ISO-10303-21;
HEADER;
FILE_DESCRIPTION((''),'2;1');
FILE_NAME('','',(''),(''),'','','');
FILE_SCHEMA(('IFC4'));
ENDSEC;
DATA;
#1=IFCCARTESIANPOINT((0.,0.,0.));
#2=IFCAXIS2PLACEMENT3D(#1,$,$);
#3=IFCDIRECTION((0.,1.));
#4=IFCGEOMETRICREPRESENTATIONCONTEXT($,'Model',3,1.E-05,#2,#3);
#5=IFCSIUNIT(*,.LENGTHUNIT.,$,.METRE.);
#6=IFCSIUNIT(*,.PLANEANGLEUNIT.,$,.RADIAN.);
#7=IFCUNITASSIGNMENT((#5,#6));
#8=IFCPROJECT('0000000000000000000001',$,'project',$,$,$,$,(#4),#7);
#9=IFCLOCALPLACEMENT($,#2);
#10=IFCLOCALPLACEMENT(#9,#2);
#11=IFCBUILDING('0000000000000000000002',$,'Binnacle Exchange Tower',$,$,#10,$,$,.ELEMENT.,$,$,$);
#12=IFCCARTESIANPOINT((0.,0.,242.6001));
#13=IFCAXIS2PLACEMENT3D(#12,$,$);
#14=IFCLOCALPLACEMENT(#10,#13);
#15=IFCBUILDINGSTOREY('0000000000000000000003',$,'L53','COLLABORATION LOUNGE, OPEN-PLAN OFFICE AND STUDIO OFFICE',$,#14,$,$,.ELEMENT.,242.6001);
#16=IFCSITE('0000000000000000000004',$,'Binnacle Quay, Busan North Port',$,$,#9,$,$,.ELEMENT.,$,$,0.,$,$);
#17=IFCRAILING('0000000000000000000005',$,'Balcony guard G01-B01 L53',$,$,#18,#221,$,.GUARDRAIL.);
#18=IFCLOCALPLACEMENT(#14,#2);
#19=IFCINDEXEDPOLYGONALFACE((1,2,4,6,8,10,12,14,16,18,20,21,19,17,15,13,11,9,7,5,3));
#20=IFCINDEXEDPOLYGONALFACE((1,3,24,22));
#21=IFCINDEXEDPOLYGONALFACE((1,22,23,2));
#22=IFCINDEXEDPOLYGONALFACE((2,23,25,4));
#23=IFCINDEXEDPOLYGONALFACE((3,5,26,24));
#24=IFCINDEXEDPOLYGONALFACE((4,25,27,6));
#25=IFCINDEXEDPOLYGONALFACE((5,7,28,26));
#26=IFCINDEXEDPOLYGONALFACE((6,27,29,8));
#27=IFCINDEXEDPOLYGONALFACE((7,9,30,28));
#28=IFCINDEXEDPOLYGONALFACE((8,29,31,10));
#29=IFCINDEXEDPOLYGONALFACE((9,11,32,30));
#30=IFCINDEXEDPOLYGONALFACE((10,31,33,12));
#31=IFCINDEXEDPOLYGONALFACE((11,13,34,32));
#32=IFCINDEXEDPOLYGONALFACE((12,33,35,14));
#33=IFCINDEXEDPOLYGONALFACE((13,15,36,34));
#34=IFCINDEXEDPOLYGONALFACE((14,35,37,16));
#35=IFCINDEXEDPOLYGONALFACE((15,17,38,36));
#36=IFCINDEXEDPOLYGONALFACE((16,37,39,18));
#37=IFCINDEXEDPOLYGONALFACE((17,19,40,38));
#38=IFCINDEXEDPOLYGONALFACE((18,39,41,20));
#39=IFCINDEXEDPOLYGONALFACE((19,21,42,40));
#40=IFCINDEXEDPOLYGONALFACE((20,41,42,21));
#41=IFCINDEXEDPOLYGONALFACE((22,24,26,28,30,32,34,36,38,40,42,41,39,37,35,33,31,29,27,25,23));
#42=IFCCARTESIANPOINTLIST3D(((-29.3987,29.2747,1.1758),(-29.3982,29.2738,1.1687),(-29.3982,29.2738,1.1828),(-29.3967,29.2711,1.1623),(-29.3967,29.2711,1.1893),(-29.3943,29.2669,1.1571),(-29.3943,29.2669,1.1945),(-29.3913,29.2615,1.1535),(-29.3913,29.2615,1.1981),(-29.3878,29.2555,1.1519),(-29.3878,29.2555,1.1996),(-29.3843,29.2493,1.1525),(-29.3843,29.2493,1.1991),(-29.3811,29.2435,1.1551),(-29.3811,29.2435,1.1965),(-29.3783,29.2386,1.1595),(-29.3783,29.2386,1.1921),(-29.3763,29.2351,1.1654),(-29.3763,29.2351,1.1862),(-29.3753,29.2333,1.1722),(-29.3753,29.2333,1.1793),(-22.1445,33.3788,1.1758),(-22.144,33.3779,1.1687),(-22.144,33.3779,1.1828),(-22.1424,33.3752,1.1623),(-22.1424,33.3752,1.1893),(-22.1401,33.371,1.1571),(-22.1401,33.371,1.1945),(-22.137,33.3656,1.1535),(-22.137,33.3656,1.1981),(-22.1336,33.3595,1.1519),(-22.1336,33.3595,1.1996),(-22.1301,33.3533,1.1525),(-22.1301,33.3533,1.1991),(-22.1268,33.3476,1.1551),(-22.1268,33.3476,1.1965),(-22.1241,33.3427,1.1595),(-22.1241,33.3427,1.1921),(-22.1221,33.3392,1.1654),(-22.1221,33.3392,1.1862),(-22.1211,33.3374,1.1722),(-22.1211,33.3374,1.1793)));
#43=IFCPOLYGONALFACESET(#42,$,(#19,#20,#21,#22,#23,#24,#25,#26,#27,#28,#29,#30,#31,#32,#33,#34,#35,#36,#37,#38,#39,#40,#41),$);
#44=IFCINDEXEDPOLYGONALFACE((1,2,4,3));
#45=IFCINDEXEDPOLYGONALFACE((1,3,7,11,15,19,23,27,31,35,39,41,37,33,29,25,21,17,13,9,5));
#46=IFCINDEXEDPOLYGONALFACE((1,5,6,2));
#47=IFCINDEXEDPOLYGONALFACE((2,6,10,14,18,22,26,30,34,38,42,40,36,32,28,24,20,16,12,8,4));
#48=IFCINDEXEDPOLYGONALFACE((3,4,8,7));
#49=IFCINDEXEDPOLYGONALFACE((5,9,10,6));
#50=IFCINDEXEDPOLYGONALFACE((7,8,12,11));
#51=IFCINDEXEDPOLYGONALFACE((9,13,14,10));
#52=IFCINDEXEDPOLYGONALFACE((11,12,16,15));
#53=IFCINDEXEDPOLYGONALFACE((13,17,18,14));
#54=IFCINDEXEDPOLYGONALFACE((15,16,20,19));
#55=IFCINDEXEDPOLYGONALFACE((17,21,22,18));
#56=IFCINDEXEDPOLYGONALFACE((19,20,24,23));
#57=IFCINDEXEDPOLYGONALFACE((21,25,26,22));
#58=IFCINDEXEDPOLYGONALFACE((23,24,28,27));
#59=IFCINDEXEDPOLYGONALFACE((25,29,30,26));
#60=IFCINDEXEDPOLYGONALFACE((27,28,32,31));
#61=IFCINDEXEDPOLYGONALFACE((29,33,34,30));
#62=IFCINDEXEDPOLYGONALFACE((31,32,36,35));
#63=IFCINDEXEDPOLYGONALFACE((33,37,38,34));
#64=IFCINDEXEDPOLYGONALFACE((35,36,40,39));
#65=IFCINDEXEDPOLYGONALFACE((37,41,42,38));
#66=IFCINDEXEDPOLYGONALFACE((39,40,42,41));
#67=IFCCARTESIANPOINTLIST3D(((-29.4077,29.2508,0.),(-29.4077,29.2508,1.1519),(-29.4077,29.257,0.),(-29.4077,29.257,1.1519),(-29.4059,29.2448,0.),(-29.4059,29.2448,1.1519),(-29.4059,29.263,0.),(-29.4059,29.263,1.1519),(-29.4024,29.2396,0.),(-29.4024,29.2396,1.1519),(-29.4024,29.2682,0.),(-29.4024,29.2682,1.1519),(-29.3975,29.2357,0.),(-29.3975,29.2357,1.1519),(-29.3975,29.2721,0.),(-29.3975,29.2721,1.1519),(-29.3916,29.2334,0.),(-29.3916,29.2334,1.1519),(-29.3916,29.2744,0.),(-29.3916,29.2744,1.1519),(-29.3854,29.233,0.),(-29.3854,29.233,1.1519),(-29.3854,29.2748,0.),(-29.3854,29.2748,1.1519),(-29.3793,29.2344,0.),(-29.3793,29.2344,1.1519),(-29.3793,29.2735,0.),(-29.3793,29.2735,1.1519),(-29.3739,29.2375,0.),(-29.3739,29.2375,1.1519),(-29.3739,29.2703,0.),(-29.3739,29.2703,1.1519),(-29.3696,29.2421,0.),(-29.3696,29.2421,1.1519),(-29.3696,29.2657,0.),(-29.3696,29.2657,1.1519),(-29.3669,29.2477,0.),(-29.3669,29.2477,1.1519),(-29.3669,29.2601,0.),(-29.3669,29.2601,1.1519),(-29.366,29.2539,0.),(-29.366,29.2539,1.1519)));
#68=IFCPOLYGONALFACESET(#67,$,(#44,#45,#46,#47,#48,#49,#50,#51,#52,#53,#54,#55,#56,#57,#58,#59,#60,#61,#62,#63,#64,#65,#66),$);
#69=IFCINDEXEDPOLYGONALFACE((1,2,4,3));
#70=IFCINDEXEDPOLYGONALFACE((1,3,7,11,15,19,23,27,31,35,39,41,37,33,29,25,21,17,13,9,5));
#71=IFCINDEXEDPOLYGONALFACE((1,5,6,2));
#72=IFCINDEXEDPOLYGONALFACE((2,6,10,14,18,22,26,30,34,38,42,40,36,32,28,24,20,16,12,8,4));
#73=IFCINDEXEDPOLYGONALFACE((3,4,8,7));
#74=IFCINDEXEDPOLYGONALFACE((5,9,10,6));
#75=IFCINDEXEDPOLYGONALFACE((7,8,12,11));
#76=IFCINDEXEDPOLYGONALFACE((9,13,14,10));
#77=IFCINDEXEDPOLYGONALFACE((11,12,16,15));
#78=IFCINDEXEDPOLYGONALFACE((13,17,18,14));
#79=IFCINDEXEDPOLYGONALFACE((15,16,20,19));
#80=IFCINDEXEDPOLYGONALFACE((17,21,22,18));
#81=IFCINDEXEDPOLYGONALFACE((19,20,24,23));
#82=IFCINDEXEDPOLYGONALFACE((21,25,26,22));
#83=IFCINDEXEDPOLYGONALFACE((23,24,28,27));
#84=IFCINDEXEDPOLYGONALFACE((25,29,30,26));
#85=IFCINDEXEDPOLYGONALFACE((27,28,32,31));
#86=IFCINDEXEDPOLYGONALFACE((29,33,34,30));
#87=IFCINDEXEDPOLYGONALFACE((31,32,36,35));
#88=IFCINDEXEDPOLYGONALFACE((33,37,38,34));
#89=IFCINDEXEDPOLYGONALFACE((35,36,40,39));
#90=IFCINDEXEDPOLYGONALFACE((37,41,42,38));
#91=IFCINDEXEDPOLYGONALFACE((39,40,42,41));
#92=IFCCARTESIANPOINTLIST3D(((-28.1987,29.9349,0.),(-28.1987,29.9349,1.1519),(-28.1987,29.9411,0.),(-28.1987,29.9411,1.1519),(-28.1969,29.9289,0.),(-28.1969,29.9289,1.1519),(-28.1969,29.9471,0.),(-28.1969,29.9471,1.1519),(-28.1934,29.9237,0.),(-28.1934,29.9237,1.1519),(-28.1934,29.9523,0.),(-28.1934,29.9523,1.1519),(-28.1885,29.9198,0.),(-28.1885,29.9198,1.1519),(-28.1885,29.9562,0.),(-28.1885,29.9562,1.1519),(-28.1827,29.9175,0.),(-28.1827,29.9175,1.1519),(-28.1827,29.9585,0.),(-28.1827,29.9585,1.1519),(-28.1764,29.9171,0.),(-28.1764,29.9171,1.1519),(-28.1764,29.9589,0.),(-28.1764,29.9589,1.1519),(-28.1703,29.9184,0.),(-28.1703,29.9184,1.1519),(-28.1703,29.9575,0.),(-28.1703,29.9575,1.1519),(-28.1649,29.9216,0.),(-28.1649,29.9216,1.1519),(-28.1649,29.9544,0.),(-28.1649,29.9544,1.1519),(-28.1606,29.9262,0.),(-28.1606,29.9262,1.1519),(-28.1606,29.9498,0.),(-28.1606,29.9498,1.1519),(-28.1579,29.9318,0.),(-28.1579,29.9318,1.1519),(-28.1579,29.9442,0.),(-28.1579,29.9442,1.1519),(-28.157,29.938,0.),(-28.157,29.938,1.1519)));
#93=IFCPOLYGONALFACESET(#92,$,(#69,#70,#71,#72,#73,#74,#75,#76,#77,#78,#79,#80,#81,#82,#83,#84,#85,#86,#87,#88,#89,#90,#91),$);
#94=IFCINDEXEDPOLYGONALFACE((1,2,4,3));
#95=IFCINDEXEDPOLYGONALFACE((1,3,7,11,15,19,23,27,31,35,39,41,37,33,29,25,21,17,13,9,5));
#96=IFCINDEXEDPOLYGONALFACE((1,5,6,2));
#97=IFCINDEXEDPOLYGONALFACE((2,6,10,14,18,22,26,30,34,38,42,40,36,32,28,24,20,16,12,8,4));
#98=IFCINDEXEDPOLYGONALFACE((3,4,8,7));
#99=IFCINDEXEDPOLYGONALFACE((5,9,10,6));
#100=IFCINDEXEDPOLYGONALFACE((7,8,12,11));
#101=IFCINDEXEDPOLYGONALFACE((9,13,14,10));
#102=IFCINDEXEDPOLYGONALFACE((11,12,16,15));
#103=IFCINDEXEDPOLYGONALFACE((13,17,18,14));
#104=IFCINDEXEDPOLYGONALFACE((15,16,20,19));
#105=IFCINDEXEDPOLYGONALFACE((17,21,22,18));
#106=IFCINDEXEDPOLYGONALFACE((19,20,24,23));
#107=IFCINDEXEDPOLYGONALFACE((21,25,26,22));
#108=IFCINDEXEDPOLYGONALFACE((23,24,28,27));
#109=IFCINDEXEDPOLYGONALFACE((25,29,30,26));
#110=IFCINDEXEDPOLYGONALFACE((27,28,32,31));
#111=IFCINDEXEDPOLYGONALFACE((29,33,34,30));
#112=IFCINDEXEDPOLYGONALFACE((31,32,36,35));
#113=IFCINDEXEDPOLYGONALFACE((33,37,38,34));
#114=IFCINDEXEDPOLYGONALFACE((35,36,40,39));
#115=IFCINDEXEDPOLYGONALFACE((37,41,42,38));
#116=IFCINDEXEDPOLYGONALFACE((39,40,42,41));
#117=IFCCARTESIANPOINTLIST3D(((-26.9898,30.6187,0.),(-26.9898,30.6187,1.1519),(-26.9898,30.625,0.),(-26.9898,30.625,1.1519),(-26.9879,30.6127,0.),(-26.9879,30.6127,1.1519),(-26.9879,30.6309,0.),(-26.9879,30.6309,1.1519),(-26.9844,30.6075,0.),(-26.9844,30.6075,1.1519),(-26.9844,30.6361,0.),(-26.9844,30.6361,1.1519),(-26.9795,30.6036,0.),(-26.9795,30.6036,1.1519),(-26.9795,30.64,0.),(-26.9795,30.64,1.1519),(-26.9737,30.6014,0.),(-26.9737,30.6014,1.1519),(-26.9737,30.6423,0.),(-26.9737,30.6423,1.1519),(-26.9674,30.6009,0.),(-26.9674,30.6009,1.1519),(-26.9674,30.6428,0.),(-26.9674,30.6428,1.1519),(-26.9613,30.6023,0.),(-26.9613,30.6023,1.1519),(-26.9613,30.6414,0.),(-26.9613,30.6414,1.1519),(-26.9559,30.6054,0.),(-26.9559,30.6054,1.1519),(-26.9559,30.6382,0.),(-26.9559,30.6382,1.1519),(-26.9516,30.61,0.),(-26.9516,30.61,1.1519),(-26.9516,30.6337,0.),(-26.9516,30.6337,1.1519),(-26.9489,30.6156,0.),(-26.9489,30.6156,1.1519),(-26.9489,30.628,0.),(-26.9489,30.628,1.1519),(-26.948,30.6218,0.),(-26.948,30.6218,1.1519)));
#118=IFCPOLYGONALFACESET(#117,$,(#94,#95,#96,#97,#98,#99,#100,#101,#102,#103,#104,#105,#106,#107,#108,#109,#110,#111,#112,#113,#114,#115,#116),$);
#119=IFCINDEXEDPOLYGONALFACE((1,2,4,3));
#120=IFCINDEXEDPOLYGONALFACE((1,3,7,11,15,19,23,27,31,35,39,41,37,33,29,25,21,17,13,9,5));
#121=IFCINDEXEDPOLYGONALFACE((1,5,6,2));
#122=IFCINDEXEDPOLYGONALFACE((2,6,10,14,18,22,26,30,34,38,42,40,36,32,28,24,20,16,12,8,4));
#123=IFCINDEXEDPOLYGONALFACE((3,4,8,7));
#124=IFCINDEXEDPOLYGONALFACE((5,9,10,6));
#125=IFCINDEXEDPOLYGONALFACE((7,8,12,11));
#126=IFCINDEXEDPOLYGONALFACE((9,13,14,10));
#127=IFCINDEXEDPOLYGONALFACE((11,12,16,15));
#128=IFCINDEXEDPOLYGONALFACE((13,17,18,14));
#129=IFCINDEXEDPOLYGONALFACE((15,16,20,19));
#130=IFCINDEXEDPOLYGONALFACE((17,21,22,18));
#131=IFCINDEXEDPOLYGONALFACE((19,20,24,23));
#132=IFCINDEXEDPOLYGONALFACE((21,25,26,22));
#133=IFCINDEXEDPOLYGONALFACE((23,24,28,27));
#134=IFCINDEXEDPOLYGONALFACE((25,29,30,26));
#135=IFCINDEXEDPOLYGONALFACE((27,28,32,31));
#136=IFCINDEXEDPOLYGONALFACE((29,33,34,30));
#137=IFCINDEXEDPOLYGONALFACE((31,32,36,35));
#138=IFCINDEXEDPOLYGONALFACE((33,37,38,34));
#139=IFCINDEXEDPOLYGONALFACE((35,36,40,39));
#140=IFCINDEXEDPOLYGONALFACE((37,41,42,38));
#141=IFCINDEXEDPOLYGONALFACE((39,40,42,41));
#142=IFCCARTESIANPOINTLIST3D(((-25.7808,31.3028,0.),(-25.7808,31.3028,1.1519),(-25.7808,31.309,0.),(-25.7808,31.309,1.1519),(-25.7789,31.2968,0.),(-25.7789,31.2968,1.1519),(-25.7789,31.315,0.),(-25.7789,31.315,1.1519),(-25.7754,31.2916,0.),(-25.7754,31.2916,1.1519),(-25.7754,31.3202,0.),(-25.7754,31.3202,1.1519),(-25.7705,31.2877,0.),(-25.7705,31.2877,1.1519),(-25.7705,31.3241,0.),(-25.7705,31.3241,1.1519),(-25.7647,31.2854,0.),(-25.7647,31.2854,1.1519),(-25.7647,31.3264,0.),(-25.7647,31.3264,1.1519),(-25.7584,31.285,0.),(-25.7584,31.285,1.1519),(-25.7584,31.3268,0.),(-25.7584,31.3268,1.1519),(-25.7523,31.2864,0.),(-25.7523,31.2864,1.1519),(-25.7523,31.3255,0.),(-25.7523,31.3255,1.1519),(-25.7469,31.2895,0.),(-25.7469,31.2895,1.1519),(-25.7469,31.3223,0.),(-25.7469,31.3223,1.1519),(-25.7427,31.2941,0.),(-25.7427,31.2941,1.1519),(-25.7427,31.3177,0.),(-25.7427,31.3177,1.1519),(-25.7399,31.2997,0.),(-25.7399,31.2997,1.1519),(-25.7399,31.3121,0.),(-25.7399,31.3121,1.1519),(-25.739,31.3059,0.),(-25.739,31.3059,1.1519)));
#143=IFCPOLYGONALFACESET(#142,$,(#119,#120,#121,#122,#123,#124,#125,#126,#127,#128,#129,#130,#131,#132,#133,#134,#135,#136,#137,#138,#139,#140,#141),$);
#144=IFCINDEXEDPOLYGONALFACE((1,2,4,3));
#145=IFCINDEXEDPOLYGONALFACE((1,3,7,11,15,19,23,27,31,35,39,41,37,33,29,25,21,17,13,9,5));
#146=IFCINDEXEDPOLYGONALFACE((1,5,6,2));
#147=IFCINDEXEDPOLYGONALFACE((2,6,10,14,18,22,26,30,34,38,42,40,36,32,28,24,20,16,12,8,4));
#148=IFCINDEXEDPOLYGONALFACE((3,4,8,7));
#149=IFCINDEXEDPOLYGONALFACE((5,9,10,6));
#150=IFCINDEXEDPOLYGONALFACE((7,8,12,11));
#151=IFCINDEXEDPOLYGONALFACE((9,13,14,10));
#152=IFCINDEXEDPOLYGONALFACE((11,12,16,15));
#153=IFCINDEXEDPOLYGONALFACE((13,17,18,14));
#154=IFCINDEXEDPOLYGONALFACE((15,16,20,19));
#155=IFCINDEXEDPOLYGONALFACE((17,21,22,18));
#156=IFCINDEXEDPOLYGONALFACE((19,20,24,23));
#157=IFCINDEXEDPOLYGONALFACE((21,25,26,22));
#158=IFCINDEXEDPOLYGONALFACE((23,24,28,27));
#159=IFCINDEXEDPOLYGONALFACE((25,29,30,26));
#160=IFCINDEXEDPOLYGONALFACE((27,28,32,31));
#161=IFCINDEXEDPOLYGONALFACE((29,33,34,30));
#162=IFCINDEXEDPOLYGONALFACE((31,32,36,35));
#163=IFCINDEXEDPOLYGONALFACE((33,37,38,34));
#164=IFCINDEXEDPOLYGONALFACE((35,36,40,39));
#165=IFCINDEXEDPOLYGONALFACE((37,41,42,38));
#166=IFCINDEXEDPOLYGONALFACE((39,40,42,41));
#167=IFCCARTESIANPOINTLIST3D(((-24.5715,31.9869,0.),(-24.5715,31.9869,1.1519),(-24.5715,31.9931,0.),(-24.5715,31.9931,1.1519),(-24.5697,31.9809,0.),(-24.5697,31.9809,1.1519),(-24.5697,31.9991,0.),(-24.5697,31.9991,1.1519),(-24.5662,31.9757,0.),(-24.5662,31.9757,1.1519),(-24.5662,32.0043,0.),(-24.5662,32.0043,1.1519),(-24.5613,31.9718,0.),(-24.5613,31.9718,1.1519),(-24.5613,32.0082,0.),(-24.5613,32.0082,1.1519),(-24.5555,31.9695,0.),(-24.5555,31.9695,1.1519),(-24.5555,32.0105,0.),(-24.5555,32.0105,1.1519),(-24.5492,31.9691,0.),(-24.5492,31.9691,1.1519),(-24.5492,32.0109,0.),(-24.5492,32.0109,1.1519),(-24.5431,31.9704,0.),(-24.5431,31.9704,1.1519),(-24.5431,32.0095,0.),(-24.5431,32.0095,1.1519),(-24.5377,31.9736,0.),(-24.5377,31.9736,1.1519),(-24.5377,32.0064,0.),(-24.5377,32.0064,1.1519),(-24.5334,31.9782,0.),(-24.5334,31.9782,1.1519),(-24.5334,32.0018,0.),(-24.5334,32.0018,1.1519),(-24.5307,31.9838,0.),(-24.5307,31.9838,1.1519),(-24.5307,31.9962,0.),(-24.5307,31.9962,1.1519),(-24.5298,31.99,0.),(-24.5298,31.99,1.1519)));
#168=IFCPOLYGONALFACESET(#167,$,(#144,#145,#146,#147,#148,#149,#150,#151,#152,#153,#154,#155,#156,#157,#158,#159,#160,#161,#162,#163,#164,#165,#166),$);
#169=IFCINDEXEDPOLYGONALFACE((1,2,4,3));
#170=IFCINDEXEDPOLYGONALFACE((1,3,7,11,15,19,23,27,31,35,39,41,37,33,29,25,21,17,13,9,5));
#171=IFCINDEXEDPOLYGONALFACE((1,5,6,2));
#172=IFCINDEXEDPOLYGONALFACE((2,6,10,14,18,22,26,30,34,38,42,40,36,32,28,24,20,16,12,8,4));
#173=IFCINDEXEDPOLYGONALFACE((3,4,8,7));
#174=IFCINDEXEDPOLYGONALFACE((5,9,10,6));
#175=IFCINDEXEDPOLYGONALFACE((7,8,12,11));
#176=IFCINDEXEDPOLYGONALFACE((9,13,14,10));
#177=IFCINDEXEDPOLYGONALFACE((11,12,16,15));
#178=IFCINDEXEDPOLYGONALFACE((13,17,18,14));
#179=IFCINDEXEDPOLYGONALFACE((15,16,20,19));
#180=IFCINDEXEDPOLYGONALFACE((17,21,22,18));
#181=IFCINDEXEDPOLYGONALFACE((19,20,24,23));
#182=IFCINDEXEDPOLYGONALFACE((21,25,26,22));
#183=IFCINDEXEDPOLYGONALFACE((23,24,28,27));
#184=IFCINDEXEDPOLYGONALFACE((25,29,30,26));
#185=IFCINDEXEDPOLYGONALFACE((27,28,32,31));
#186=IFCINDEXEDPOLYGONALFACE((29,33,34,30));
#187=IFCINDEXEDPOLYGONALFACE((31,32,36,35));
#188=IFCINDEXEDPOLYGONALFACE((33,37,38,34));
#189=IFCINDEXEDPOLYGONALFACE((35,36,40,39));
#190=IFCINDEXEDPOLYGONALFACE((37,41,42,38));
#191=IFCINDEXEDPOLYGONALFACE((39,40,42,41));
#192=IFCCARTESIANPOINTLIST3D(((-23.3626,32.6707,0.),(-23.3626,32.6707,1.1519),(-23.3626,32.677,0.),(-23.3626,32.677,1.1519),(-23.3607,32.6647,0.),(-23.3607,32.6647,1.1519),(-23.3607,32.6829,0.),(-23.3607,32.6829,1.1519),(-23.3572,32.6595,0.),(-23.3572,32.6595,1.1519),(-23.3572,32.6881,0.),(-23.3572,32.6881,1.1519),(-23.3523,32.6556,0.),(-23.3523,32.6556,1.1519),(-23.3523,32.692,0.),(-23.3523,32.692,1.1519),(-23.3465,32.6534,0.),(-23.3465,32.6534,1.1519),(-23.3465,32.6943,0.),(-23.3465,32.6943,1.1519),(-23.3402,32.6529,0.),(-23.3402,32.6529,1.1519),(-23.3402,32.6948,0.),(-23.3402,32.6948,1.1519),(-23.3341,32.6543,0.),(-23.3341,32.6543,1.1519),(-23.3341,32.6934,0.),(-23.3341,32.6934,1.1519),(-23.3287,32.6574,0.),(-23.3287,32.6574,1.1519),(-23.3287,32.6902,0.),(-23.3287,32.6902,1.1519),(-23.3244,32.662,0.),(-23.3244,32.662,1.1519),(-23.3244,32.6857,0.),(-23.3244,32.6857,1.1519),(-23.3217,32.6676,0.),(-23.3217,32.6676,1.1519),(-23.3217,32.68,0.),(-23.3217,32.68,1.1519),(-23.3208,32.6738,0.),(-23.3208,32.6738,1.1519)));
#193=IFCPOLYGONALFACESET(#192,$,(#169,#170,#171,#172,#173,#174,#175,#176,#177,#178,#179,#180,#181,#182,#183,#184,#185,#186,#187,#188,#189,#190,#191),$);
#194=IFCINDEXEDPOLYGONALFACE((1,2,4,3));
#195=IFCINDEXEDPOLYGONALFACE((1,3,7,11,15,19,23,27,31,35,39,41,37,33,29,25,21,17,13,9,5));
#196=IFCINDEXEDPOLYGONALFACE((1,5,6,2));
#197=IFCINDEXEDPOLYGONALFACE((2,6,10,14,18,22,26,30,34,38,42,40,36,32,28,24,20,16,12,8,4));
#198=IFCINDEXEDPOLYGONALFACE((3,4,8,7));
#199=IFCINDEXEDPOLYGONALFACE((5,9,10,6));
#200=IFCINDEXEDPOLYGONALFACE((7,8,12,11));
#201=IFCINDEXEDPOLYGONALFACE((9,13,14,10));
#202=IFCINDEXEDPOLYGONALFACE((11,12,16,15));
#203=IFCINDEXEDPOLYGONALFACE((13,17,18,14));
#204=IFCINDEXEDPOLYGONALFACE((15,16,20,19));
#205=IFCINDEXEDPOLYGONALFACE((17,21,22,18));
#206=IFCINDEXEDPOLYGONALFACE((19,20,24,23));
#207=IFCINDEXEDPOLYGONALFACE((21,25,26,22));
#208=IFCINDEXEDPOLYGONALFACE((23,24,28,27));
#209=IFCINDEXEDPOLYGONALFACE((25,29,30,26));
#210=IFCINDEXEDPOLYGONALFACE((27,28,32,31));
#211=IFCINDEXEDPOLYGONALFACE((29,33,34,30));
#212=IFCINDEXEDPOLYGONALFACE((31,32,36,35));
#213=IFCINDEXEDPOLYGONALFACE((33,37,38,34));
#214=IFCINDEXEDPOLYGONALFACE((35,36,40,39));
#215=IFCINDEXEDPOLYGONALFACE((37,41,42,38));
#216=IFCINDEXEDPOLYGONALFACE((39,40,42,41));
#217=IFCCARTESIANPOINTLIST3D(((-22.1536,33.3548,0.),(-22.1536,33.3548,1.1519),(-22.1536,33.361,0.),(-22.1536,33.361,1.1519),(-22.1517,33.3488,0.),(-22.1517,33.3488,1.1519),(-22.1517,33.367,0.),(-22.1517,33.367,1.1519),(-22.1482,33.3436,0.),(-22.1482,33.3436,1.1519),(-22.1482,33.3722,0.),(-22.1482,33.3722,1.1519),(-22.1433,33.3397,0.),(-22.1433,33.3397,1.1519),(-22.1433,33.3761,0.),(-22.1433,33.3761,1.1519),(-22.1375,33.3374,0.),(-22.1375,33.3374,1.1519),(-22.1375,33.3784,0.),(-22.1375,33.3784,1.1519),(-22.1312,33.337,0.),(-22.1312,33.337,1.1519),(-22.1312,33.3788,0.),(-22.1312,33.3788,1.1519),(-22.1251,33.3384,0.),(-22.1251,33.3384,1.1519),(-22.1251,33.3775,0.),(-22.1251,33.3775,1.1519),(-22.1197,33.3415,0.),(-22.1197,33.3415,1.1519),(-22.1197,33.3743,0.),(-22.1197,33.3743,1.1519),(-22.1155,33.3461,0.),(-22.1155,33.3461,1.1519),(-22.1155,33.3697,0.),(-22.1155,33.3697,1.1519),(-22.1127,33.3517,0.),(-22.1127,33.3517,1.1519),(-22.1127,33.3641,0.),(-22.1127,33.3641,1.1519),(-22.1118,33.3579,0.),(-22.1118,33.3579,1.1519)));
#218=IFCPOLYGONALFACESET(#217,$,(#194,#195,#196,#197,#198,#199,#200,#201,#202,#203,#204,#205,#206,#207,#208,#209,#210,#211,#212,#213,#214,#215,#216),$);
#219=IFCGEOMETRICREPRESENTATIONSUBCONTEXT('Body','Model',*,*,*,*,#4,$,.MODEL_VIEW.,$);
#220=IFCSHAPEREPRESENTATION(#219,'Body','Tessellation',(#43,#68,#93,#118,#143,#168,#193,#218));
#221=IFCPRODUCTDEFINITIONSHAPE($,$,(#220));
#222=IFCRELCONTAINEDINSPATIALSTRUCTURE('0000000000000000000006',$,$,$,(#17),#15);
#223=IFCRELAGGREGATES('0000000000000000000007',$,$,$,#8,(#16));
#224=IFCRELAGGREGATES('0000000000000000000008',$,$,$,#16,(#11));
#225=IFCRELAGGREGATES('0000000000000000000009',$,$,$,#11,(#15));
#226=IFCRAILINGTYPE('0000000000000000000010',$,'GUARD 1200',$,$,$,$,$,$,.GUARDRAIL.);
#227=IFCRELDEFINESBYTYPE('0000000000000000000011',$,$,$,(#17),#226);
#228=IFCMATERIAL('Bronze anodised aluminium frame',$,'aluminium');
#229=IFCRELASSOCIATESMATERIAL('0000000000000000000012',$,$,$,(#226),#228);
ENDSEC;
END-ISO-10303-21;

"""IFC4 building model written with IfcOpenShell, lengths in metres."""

from ifc_helpers import new_model, si_unit, direction, frame, origin, origin_2d, place, context, subcontext, project, spatial, circle, extrude, material, type_object, element, save


model = new_model("IFC4")

# Units and contexts
model_context = context("Model", 3, precision=1e-05, world=origin(), true_north=direction((0.0, 1.0)))
body_context = subcontext(model_context, "Body", "Model", "MODEL_VIEW")
ifc_project = project(units=[si_unit("LENGTHUNIT", "METRE"), si_unit("PLANEANGLEUNIT", "RADIAN")], contexts=[model_context])

# Site, building, storey
site_placement = place(None, origin())
site = spatial("IfcSite", under=ifc_project, at=site_placement, Name="Binnacle Quay, Busan North Port", CompositionType="ELEMENT", RefElevation=0.0)
building_placement = place(site_placement, origin())
building = spatial("IfcBuilding", under=site, at=building_placement, Name="Binnacle Exchange Tower", CompositionType="ELEMENT")
storey_placement = place(building_placement, frame((0.0, 0.0, 242.6001)))
storey = spatial("IfcBuildingStorey", under=building, at=storey_placement, Name="L53", Description="COLLABORATION LOUNGE, OPEN-PLAN OFFICE AND STUDIO OFFICE", CompositionType="ELEMENT", Elevation=242.6001)

# Railing
ifc_material_1 = material(Name="Bronze anodised aluminium frame", Category="aluminium")
railing_type_1 = type_object("IfcRailingType", Name="GUARD 1200", PredefinedType="GUARDRAIL", material=ifc_material_1)
railing_1_placement = place(storey_placement, frame((-29.387, 29.2539, 0.0)))
element("IfcRailing", 1, at=railing_1_placement, inside=storey, type_object=railing_type_1, Name="Balcony guard G01-B01 L53", PredefinedType="GUARDRAIL", context=body_context, shape_type="SweptSolid", body=[
    extrude(circle(Radius=0.0239, at=origin_2d()), frame((0.0, 0.0, 1.1758), z_axis=(0.870366, 0.492406, 0.0), x_axis=(-0.492406, 0.870366, 0.0)), (0.0, 0.0, 1.0), 8.3347),
    extrude(circle(Radius=0.021, at=origin_2d()), origin(), (0.0, 0.0, 1.0), 1.1519),
    extrude(circle(Radius=0.021, at=origin_2d()), frame((1.209, 0.6841, 0.0)), (0.0, 0.0, 1.0), 1.1519),
    extrude(circle(Radius=0.021, at=origin_2d()), frame((2.418, 1.3679, 0.0)), (0.0, 0.0, 1.0), 1.1519),
    extrude(circle(Radius=0.021, at=origin_2d()), frame((3.627, 2.052, 0.0)), (0.0, 0.0, 1.0), 1.1519),
    extrude(circle(Radius=0.021, at=origin_2d()), frame((4.8362, 2.7361, 0.0)), (0.0, 0.0, 1.0), 1.1519),
    extrude(circle(Radius=0.021, at=origin_2d()), frame((6.0452, 3.4199, 0.0)), (0.0, 0.0, 1.0), 1.1519),
    extrude(circle(Radius=0.021, at=origin_2d()), frame((7.2542, 4.104, 0.0)), (0.0, 0.0, 1.0), 1.1519),
])

save(model, "model.ifc")
